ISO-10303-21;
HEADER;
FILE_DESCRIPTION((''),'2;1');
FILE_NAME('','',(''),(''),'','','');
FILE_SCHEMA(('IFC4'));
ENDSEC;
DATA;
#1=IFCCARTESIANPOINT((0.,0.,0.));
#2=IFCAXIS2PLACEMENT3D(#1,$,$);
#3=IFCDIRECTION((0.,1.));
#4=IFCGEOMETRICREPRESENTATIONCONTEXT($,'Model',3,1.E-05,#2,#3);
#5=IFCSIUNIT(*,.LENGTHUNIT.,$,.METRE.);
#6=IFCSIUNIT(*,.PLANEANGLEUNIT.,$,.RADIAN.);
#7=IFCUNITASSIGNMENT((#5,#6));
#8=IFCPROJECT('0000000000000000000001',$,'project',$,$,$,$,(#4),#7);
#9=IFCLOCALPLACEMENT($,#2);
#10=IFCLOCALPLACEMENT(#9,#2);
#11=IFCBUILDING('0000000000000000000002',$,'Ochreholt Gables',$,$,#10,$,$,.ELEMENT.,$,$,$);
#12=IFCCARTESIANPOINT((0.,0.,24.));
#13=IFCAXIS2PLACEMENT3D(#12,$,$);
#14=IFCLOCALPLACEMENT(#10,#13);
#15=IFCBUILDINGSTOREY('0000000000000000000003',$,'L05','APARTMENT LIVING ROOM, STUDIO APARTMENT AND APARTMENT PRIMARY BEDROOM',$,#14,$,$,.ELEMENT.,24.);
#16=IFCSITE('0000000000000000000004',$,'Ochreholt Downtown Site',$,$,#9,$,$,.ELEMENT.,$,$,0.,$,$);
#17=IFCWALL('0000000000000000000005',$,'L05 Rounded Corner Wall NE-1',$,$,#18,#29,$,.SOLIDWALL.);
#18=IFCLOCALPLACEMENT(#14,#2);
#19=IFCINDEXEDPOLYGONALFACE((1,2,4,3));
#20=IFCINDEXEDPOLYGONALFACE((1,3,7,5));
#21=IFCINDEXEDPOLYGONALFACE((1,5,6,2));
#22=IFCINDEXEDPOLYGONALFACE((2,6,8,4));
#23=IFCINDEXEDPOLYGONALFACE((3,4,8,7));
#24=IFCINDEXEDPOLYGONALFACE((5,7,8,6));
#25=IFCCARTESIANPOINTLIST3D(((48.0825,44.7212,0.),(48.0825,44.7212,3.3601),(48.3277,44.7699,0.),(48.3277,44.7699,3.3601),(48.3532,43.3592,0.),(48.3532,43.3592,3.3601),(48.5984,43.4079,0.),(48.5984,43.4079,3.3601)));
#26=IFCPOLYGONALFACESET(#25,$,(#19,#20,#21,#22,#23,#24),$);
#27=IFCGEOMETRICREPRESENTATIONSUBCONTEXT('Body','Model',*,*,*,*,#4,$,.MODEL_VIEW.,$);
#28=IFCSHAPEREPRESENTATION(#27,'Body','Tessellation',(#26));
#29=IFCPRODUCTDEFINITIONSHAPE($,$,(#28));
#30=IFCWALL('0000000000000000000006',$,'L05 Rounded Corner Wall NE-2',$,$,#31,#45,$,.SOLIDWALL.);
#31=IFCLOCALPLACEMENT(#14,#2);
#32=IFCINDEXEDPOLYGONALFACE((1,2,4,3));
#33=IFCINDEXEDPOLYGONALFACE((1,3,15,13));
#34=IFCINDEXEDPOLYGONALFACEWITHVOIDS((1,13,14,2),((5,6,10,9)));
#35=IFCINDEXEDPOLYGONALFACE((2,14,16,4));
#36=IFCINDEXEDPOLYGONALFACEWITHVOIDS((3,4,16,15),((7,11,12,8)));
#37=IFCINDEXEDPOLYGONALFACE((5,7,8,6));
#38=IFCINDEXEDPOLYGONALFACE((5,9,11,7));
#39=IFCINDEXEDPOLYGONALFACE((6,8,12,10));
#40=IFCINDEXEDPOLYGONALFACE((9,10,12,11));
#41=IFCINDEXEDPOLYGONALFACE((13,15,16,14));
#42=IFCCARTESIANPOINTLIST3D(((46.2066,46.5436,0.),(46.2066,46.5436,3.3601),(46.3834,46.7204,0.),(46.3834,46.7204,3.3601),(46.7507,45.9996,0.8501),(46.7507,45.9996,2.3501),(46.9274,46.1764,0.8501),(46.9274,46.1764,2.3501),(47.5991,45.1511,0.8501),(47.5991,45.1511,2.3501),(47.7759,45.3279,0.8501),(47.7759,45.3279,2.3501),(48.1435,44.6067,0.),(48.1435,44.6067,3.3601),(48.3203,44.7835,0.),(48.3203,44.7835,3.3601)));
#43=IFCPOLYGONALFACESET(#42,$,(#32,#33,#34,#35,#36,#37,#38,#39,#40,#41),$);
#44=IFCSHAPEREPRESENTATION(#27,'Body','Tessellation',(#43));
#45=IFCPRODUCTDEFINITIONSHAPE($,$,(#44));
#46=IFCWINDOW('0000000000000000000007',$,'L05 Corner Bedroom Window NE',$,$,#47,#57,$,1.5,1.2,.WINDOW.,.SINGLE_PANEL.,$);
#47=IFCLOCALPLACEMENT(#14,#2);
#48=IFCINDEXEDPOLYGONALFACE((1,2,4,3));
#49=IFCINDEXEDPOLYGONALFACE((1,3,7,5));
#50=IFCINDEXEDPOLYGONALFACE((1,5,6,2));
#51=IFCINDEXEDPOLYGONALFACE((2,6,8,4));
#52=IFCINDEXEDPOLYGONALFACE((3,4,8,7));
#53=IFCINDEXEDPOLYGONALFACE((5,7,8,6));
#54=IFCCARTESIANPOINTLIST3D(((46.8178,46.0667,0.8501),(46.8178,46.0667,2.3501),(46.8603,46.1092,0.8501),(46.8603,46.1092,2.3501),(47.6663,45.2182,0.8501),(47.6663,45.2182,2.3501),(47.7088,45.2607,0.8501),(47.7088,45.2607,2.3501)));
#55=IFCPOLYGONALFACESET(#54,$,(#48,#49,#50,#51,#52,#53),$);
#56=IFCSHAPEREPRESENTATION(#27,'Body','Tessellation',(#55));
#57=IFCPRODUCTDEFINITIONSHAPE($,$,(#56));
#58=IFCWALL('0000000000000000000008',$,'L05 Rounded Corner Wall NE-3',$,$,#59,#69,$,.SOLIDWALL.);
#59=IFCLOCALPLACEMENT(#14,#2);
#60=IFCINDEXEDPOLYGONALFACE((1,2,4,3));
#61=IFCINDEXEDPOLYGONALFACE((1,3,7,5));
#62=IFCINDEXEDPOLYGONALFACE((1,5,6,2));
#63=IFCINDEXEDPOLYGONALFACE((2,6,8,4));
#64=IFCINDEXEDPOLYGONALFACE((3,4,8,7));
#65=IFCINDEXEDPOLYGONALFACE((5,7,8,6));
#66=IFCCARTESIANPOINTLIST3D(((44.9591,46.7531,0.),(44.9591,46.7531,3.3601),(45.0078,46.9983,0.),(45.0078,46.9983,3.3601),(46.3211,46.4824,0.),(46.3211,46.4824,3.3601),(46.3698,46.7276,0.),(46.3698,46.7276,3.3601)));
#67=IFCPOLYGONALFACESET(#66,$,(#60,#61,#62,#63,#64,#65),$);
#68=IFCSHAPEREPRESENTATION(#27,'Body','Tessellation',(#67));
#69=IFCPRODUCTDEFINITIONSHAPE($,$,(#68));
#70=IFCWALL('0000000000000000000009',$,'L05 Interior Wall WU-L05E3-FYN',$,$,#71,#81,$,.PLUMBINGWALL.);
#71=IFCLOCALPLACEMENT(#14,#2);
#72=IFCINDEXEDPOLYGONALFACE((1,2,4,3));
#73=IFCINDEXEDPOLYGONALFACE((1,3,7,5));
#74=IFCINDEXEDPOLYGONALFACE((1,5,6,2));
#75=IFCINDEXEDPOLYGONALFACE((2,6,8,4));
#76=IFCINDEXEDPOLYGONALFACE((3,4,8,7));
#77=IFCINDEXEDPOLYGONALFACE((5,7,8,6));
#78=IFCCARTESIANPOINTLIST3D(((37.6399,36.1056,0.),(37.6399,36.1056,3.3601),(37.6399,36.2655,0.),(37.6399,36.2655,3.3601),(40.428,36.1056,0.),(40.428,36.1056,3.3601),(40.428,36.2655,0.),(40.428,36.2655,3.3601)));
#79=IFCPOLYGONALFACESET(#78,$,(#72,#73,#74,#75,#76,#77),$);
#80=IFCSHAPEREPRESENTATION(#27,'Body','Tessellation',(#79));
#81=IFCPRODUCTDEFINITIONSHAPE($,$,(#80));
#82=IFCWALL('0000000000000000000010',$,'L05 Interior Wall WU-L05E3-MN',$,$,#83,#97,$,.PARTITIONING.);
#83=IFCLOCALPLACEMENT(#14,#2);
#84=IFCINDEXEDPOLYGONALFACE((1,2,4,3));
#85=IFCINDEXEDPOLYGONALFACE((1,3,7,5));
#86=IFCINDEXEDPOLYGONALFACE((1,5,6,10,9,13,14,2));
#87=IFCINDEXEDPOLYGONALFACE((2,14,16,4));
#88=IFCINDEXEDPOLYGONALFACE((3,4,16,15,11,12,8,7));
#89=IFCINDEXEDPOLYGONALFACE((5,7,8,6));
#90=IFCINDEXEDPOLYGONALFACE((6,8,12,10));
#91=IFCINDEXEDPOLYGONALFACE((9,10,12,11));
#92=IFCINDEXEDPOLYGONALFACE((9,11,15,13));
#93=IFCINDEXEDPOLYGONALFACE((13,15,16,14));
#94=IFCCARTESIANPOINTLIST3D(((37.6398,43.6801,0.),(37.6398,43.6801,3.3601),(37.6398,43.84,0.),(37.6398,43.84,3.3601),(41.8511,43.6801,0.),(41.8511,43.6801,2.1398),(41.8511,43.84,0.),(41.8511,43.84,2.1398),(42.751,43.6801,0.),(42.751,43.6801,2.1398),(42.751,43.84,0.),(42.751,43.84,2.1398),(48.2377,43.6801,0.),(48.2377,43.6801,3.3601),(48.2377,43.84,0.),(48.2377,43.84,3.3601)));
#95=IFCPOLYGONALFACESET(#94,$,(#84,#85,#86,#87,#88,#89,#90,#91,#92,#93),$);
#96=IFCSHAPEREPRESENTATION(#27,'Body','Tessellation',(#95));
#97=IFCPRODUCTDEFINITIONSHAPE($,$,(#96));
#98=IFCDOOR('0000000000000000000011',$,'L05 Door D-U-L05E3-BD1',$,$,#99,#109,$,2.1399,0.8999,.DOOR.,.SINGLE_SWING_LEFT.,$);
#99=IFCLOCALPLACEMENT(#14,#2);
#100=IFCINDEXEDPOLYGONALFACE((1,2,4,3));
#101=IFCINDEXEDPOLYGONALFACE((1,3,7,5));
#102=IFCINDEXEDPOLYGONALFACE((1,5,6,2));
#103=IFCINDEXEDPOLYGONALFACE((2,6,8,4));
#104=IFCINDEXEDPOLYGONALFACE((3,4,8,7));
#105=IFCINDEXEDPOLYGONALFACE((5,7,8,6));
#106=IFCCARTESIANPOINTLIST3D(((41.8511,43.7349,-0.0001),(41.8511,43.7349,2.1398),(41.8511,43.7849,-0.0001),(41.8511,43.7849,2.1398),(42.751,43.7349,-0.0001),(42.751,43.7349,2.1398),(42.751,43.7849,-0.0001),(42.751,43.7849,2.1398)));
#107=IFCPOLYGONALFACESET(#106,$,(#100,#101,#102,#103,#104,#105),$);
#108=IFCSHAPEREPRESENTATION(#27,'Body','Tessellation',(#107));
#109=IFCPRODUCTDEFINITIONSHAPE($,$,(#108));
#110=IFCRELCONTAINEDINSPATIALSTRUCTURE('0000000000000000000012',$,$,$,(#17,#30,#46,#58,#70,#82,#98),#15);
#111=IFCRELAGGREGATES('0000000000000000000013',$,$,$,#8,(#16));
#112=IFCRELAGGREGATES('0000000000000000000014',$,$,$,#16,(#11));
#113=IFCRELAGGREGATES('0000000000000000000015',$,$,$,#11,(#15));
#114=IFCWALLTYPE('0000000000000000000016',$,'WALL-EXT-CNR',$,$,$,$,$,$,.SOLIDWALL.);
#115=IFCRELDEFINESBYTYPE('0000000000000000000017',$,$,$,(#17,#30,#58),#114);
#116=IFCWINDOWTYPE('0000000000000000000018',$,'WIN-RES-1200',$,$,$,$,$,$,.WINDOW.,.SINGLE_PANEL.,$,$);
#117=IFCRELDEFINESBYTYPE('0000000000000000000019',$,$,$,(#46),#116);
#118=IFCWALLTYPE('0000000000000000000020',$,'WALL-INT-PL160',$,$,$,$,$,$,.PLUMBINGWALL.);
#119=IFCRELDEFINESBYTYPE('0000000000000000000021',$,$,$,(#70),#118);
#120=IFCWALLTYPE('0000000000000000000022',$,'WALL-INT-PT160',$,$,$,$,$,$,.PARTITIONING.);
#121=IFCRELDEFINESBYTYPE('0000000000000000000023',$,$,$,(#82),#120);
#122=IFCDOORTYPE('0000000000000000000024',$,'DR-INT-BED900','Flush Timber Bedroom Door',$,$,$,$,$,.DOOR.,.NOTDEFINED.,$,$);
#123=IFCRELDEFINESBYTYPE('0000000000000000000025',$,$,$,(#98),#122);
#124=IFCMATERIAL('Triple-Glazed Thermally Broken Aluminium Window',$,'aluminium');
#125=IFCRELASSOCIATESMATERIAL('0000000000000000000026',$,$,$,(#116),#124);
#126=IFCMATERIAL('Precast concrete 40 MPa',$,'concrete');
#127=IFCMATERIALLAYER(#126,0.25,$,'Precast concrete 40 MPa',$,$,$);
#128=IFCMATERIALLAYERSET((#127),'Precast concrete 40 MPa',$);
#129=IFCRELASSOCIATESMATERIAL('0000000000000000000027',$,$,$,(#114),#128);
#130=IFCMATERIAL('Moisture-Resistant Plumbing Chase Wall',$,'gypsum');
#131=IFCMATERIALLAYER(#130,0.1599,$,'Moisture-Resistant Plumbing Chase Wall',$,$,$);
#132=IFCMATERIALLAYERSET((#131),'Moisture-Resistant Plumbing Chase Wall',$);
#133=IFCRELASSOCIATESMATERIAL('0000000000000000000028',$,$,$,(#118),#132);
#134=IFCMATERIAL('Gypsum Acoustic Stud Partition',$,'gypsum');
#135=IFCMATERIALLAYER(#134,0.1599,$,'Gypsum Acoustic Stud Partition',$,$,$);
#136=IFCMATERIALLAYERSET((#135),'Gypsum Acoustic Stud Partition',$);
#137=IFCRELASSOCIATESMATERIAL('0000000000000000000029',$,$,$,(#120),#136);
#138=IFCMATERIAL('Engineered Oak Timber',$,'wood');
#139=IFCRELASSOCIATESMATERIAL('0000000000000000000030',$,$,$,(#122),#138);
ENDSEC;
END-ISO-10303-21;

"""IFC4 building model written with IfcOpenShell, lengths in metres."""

from ifc_helpers import new_model, si_unit, direction, frame, frame_2d, origin, place, context, subcontext, project, spatial, rectangle, extrude, material, layer, layer_set, type_object, element, fill, save


model = new_model("IFC4")

# Units and contexts
model_context = context("Model", 3, precision=1e-05, world=origin(), true_north=direction((0.0, 1.0)))
body_context = subcontext(model_context, "Body", "Model", "MODEL_VIEW")
ifc_project = project(units=[si_unit("LENGTHUNIT", "METRE"), si_unit("PLANEANGLEUNIT", "RADIAN")], contexts=[model_context])

# Site, building, storey
site_placement = place(None, origin())
site = spatial("IfcSite", under=ifc_project, at=site_placement, Name="Ochreholt Downtown Site", CompositionType="ELEMENT", RefElevation=0.0)
building_placement = place(site_placement, origin())
building = spatial("IfcBuilding", under=site, at=building_placement, Name="Ochreholt Gables", CompositionType="ELEMENT")
storey_placement = place(building_placement, frame((0.0, 0.0, 24.0)))
storey = spatial("IfcBuildingStorey", under=building, at=storey_placement, Name="L05", Description="APARTMENT LIVING ROOM, STUDIO APARTMENT AND APARTMENT PRIMARY BEDROOM", CompositionType="ELEMENT", Elevation=24.0)

# Shared definitions
ifc_material_1 = material(Name="Precast concrete 40 MPa", Category="concrete")
ifc_material_2 = material(Name="Triple-Glazed Thermally Broken Aluminium Window", Category="aluminium")
window_type_1 = type_object("IfcWindowType", Name="WIN-RES-1200", PartitioningType="SINGLE_PANEL", PredefinedType="WINDOW", material=ifc_material_2)

# Wall
ifc_layer_1 = layer(ifc_material_1, 0.25, Name="Precast concrete 40 MPa")
ifc_layer_set_1 = layer_set([ifc_layer_1], Name="Precast concrete 40 MPa")
wall_type_1 = type_object("IfcWallType", Name="WALL-EXT-CNR", PredefinedType="SOLIDWALL", material=ifc_layer_set_1)
wall_1_placement = place(storey_placement, frame((48.4758, 43.3835, 0.0), z_axis=(0.0, 0.0, 1.0), x_axis=(-0.194967, 0.98081, 0.0)))
element("IfcWall", 1, at=wall_1_placement, inside=storey, type_object=wall_type_1, Name="L05 Rounded Corner Wall NE-1", PredefinedType="SOLIDWALL", context=body_context, shape_type="SweptSolid", body=[
    extrude(rectangle(XDim=1.3887, YDim=0.25, at=frame_2d((0.6943, 0.0))), origin(), (0.0, 0.0, 1.0), 3.3601),
])

# Wall, opening, window
wall_2_placement = place(storey_placement, frame((48.2319, 44.6951, 0.0), z_axis=(0.0, 0.0, 1.0), x_axis=(-0.707107, 0.707107, 0.0)))
wall_2 = element("IfcWall", 2, at=wall_2_placement, inside=storey, type_object=wall_type_1, Name="L05 Rounded Corner Wall NE-2", PredefinedType="SOLIDWALL", context=body_context, shape_type="SweptSolid", body=[
    extrude(rectangle(XDim=2.7393, YDim=0.25, at=frame_2d((1.3696, 0.0))), origin(), (0.0, 0.0, 1.0), 3.3601),
])
opening_1_placement = place(wall_2_placement, frame((0.7698, 0.0, 0.8501)))
opening_1 = element("IfcOpeningElement", 3, at=opening_1_placement, cuts=wall_2, PredefinedType="OPENING", context=body_context, shape_type="SweptSolid", body=[
    extrude(rectangle(XDim=1.2, YDim=1.5, at=frame_2d((0.6001, 0.75))), frame((0.0, 0.135, 0.0), z_axis=(0.0, -1.0, 0.0), x_axis=(1.0, 0.0, 0.0)), (0.0, 0.0, 1.0), 0.27),
])
window_1_placement = place(opening_1_placement, origin())
window_1 = element("IfcWindow", 4, at=window_1_placement, inside=storey, type_object=window_type_1, Name="L05 Corner Bedroom Window NE", OverallHeight=1.5, OverallWidth=1.2, PartitioningType="SINGLE_PANEL", PredefinedType="WINDOW", context=body_context, shape_type="SweptSolid", body=[
    extrude(rectangle(XDim=1.2, YDim=1.5, at=frame_2d((0.6001, 0.75))), frame((0.0, 0.03, 0.0), z_axis=(0.0, -1.0, 0.0), x_axis=(1.0, 0.0, 0.0)), (0.0, 0.0, 1.0), 0.0601),
])
fill(opening_1, window_1)

# Walls
wall_3_placement = place(storey_placement, frame((46.3455, 46.605, 0.0), z_axis=(0.0, 0.0, 1.0), x_axis=(-0.98081, 0.194967, 0.0)))
element("IfcWall", 5, at=wall_3_placement, inside=storey, type_object=wall_type_1, Name="L05 Rounded Corner Wall NE-3", PredefinedType="SOLIDWALL", context=body_context, shape_type="SweptSolid", body=[
    extrude(rectangle(XDim=1.3887, YDim=0.25, at=frame_2d((0.6943, 0.0))), origin(), (0.0, 0.0, 1.0), 3.3601),
])
ifc_material_3 = material(Name="Moisture-Resistant Plumbing Chase Wall", Category="gypsum")
ifc_layer_2 = layer(ifc_material_3, 0.1599, Name="Moisture-Resistant Plumbing Chase Wall")
ifc_layer_set_2 = layer_set([ifc_layer_2], Name="Moisture-Resistant Plumbing Chase Wall")
wall_type_2 = type_object("IfcWallType", Name="WALL-INT-PL160", PredefinedType="PLUMBINGWALL", material=ifc_layer_set_2)
wall_4_placement = place(storey_placement, frame((37.6399, 36.1855, 0.0), z_axis=(0.0, 0.0, 1.0), x_axis=(1.0, 0.0, 0.0)))
element("IfcWall", 6, at=wall_4_placement, inside=storey, type_object=wall_type_2, Name="L05 Interior Wall WU-L05E3-FYN", PredefinedType="PLUMBINGWALL", context=body_context, shape_type="SweptSolid", body=[
    extrude(rectangle(XDim=2.7881, YDim=0.1599, at=frame_2d((1.394, 0.0))), origin(), (0.0, 0.0, 1.0), 3.3601),
])

# Wall, opening, door
ifc_material_4 = material(Name="Gypsum Acoustic Stud Partition", Category="gypsum")
ifc_layer_3 = layer(ifc_material_4, 0.1599, Name="Gypsum Acoustic Stud Partition")
ifc_layer_set_3 = layer_set([ifc_layer_3], Name="Gypsum Acoustic Stud Partition")
wall_type_3 = type_object("IfcWallType", Name="WALL-INT-PT160", PredefinedType="PARTITIONING", material=ifc_layer_set_3)
wall_5_placement = place(storey_placement, frame((37.6399, 43.76, 0.0), z_axis=(0.0, 0.0, 1.0), x_axis=(1.0, 0.0, 0.0)))
wall_5 = element("IfcWall", 7, at=wall_5_placement, inside=storey, type_object=wall_type_3, Name="L05 Interior Wall WU-L05E3-MN", PredefinedType="PARTITIONING", context=body_context, shape_type="SweptSolid", body=[
    extrude(rectangle(XDim=10.5979, YDim=0.1599, at=frame_2d((5.2988, 0.0))), origin(), (0.0, 0.0, 1.0), 3.3601),
])
opening_2_placement = place(wall_5_placement, frame((4.2112, 0.0, 0.0)))
opening_2 = element("IfcOpeningElement", 8, at=opening_2_placement, cuts=wall_5, PredefinedType="OPENING", context=body_context, shape_type="SweptSolid", body=[
    extrude(rectangle(XDim=0.8999, YDim=2.1399, at=frame_2d((0.45, 1.0698))), frame((0.0, 0.0898, 0.0), z_axis=(0.0, -1.0, 0.0), x_axis=(1.0, 0.0, 0.0)), (0.0, 0.0, 1.0), 0.1799),
])
ifc_material_5 = material(Name="Engineered Oak Timber", Category="wood")
door_type = type_object("IfcDoorType", Name="DR-INT-BED900", Description="Flush Timber Bedroom Door", OperationType="NOTDEFINED", PredefinedType="DOOR", material=ifc_material_5)
door_placement = place(opening_2_placement, origin())
door = element("IfcDoor", 9, at=door_placement, inside=storey, type_object=door_type, Name="L05 Door D-U-L05E3-BD1", OperationType="SINGLE_SWING_LEFT", OverallHeight=2.1399, OverallWidth=0.8999, PredefinedType="DOOR", context=body_context, shape_type="SweptSolid", body=[
    extrude(rectangle(XDim=0.8999, YDim=2.1399, at=frame_2d((0.45, 1.0698))), frame((0.0, 0.0249, 0.0), z_axis=(0.0, -1.0, 0.0), x_axis=(1.0, 0.0, 0.0)), (0.0, 0.0, 1.0), 0.05),
])
fill(opening_2, door)

save(model, "model.ifc")
